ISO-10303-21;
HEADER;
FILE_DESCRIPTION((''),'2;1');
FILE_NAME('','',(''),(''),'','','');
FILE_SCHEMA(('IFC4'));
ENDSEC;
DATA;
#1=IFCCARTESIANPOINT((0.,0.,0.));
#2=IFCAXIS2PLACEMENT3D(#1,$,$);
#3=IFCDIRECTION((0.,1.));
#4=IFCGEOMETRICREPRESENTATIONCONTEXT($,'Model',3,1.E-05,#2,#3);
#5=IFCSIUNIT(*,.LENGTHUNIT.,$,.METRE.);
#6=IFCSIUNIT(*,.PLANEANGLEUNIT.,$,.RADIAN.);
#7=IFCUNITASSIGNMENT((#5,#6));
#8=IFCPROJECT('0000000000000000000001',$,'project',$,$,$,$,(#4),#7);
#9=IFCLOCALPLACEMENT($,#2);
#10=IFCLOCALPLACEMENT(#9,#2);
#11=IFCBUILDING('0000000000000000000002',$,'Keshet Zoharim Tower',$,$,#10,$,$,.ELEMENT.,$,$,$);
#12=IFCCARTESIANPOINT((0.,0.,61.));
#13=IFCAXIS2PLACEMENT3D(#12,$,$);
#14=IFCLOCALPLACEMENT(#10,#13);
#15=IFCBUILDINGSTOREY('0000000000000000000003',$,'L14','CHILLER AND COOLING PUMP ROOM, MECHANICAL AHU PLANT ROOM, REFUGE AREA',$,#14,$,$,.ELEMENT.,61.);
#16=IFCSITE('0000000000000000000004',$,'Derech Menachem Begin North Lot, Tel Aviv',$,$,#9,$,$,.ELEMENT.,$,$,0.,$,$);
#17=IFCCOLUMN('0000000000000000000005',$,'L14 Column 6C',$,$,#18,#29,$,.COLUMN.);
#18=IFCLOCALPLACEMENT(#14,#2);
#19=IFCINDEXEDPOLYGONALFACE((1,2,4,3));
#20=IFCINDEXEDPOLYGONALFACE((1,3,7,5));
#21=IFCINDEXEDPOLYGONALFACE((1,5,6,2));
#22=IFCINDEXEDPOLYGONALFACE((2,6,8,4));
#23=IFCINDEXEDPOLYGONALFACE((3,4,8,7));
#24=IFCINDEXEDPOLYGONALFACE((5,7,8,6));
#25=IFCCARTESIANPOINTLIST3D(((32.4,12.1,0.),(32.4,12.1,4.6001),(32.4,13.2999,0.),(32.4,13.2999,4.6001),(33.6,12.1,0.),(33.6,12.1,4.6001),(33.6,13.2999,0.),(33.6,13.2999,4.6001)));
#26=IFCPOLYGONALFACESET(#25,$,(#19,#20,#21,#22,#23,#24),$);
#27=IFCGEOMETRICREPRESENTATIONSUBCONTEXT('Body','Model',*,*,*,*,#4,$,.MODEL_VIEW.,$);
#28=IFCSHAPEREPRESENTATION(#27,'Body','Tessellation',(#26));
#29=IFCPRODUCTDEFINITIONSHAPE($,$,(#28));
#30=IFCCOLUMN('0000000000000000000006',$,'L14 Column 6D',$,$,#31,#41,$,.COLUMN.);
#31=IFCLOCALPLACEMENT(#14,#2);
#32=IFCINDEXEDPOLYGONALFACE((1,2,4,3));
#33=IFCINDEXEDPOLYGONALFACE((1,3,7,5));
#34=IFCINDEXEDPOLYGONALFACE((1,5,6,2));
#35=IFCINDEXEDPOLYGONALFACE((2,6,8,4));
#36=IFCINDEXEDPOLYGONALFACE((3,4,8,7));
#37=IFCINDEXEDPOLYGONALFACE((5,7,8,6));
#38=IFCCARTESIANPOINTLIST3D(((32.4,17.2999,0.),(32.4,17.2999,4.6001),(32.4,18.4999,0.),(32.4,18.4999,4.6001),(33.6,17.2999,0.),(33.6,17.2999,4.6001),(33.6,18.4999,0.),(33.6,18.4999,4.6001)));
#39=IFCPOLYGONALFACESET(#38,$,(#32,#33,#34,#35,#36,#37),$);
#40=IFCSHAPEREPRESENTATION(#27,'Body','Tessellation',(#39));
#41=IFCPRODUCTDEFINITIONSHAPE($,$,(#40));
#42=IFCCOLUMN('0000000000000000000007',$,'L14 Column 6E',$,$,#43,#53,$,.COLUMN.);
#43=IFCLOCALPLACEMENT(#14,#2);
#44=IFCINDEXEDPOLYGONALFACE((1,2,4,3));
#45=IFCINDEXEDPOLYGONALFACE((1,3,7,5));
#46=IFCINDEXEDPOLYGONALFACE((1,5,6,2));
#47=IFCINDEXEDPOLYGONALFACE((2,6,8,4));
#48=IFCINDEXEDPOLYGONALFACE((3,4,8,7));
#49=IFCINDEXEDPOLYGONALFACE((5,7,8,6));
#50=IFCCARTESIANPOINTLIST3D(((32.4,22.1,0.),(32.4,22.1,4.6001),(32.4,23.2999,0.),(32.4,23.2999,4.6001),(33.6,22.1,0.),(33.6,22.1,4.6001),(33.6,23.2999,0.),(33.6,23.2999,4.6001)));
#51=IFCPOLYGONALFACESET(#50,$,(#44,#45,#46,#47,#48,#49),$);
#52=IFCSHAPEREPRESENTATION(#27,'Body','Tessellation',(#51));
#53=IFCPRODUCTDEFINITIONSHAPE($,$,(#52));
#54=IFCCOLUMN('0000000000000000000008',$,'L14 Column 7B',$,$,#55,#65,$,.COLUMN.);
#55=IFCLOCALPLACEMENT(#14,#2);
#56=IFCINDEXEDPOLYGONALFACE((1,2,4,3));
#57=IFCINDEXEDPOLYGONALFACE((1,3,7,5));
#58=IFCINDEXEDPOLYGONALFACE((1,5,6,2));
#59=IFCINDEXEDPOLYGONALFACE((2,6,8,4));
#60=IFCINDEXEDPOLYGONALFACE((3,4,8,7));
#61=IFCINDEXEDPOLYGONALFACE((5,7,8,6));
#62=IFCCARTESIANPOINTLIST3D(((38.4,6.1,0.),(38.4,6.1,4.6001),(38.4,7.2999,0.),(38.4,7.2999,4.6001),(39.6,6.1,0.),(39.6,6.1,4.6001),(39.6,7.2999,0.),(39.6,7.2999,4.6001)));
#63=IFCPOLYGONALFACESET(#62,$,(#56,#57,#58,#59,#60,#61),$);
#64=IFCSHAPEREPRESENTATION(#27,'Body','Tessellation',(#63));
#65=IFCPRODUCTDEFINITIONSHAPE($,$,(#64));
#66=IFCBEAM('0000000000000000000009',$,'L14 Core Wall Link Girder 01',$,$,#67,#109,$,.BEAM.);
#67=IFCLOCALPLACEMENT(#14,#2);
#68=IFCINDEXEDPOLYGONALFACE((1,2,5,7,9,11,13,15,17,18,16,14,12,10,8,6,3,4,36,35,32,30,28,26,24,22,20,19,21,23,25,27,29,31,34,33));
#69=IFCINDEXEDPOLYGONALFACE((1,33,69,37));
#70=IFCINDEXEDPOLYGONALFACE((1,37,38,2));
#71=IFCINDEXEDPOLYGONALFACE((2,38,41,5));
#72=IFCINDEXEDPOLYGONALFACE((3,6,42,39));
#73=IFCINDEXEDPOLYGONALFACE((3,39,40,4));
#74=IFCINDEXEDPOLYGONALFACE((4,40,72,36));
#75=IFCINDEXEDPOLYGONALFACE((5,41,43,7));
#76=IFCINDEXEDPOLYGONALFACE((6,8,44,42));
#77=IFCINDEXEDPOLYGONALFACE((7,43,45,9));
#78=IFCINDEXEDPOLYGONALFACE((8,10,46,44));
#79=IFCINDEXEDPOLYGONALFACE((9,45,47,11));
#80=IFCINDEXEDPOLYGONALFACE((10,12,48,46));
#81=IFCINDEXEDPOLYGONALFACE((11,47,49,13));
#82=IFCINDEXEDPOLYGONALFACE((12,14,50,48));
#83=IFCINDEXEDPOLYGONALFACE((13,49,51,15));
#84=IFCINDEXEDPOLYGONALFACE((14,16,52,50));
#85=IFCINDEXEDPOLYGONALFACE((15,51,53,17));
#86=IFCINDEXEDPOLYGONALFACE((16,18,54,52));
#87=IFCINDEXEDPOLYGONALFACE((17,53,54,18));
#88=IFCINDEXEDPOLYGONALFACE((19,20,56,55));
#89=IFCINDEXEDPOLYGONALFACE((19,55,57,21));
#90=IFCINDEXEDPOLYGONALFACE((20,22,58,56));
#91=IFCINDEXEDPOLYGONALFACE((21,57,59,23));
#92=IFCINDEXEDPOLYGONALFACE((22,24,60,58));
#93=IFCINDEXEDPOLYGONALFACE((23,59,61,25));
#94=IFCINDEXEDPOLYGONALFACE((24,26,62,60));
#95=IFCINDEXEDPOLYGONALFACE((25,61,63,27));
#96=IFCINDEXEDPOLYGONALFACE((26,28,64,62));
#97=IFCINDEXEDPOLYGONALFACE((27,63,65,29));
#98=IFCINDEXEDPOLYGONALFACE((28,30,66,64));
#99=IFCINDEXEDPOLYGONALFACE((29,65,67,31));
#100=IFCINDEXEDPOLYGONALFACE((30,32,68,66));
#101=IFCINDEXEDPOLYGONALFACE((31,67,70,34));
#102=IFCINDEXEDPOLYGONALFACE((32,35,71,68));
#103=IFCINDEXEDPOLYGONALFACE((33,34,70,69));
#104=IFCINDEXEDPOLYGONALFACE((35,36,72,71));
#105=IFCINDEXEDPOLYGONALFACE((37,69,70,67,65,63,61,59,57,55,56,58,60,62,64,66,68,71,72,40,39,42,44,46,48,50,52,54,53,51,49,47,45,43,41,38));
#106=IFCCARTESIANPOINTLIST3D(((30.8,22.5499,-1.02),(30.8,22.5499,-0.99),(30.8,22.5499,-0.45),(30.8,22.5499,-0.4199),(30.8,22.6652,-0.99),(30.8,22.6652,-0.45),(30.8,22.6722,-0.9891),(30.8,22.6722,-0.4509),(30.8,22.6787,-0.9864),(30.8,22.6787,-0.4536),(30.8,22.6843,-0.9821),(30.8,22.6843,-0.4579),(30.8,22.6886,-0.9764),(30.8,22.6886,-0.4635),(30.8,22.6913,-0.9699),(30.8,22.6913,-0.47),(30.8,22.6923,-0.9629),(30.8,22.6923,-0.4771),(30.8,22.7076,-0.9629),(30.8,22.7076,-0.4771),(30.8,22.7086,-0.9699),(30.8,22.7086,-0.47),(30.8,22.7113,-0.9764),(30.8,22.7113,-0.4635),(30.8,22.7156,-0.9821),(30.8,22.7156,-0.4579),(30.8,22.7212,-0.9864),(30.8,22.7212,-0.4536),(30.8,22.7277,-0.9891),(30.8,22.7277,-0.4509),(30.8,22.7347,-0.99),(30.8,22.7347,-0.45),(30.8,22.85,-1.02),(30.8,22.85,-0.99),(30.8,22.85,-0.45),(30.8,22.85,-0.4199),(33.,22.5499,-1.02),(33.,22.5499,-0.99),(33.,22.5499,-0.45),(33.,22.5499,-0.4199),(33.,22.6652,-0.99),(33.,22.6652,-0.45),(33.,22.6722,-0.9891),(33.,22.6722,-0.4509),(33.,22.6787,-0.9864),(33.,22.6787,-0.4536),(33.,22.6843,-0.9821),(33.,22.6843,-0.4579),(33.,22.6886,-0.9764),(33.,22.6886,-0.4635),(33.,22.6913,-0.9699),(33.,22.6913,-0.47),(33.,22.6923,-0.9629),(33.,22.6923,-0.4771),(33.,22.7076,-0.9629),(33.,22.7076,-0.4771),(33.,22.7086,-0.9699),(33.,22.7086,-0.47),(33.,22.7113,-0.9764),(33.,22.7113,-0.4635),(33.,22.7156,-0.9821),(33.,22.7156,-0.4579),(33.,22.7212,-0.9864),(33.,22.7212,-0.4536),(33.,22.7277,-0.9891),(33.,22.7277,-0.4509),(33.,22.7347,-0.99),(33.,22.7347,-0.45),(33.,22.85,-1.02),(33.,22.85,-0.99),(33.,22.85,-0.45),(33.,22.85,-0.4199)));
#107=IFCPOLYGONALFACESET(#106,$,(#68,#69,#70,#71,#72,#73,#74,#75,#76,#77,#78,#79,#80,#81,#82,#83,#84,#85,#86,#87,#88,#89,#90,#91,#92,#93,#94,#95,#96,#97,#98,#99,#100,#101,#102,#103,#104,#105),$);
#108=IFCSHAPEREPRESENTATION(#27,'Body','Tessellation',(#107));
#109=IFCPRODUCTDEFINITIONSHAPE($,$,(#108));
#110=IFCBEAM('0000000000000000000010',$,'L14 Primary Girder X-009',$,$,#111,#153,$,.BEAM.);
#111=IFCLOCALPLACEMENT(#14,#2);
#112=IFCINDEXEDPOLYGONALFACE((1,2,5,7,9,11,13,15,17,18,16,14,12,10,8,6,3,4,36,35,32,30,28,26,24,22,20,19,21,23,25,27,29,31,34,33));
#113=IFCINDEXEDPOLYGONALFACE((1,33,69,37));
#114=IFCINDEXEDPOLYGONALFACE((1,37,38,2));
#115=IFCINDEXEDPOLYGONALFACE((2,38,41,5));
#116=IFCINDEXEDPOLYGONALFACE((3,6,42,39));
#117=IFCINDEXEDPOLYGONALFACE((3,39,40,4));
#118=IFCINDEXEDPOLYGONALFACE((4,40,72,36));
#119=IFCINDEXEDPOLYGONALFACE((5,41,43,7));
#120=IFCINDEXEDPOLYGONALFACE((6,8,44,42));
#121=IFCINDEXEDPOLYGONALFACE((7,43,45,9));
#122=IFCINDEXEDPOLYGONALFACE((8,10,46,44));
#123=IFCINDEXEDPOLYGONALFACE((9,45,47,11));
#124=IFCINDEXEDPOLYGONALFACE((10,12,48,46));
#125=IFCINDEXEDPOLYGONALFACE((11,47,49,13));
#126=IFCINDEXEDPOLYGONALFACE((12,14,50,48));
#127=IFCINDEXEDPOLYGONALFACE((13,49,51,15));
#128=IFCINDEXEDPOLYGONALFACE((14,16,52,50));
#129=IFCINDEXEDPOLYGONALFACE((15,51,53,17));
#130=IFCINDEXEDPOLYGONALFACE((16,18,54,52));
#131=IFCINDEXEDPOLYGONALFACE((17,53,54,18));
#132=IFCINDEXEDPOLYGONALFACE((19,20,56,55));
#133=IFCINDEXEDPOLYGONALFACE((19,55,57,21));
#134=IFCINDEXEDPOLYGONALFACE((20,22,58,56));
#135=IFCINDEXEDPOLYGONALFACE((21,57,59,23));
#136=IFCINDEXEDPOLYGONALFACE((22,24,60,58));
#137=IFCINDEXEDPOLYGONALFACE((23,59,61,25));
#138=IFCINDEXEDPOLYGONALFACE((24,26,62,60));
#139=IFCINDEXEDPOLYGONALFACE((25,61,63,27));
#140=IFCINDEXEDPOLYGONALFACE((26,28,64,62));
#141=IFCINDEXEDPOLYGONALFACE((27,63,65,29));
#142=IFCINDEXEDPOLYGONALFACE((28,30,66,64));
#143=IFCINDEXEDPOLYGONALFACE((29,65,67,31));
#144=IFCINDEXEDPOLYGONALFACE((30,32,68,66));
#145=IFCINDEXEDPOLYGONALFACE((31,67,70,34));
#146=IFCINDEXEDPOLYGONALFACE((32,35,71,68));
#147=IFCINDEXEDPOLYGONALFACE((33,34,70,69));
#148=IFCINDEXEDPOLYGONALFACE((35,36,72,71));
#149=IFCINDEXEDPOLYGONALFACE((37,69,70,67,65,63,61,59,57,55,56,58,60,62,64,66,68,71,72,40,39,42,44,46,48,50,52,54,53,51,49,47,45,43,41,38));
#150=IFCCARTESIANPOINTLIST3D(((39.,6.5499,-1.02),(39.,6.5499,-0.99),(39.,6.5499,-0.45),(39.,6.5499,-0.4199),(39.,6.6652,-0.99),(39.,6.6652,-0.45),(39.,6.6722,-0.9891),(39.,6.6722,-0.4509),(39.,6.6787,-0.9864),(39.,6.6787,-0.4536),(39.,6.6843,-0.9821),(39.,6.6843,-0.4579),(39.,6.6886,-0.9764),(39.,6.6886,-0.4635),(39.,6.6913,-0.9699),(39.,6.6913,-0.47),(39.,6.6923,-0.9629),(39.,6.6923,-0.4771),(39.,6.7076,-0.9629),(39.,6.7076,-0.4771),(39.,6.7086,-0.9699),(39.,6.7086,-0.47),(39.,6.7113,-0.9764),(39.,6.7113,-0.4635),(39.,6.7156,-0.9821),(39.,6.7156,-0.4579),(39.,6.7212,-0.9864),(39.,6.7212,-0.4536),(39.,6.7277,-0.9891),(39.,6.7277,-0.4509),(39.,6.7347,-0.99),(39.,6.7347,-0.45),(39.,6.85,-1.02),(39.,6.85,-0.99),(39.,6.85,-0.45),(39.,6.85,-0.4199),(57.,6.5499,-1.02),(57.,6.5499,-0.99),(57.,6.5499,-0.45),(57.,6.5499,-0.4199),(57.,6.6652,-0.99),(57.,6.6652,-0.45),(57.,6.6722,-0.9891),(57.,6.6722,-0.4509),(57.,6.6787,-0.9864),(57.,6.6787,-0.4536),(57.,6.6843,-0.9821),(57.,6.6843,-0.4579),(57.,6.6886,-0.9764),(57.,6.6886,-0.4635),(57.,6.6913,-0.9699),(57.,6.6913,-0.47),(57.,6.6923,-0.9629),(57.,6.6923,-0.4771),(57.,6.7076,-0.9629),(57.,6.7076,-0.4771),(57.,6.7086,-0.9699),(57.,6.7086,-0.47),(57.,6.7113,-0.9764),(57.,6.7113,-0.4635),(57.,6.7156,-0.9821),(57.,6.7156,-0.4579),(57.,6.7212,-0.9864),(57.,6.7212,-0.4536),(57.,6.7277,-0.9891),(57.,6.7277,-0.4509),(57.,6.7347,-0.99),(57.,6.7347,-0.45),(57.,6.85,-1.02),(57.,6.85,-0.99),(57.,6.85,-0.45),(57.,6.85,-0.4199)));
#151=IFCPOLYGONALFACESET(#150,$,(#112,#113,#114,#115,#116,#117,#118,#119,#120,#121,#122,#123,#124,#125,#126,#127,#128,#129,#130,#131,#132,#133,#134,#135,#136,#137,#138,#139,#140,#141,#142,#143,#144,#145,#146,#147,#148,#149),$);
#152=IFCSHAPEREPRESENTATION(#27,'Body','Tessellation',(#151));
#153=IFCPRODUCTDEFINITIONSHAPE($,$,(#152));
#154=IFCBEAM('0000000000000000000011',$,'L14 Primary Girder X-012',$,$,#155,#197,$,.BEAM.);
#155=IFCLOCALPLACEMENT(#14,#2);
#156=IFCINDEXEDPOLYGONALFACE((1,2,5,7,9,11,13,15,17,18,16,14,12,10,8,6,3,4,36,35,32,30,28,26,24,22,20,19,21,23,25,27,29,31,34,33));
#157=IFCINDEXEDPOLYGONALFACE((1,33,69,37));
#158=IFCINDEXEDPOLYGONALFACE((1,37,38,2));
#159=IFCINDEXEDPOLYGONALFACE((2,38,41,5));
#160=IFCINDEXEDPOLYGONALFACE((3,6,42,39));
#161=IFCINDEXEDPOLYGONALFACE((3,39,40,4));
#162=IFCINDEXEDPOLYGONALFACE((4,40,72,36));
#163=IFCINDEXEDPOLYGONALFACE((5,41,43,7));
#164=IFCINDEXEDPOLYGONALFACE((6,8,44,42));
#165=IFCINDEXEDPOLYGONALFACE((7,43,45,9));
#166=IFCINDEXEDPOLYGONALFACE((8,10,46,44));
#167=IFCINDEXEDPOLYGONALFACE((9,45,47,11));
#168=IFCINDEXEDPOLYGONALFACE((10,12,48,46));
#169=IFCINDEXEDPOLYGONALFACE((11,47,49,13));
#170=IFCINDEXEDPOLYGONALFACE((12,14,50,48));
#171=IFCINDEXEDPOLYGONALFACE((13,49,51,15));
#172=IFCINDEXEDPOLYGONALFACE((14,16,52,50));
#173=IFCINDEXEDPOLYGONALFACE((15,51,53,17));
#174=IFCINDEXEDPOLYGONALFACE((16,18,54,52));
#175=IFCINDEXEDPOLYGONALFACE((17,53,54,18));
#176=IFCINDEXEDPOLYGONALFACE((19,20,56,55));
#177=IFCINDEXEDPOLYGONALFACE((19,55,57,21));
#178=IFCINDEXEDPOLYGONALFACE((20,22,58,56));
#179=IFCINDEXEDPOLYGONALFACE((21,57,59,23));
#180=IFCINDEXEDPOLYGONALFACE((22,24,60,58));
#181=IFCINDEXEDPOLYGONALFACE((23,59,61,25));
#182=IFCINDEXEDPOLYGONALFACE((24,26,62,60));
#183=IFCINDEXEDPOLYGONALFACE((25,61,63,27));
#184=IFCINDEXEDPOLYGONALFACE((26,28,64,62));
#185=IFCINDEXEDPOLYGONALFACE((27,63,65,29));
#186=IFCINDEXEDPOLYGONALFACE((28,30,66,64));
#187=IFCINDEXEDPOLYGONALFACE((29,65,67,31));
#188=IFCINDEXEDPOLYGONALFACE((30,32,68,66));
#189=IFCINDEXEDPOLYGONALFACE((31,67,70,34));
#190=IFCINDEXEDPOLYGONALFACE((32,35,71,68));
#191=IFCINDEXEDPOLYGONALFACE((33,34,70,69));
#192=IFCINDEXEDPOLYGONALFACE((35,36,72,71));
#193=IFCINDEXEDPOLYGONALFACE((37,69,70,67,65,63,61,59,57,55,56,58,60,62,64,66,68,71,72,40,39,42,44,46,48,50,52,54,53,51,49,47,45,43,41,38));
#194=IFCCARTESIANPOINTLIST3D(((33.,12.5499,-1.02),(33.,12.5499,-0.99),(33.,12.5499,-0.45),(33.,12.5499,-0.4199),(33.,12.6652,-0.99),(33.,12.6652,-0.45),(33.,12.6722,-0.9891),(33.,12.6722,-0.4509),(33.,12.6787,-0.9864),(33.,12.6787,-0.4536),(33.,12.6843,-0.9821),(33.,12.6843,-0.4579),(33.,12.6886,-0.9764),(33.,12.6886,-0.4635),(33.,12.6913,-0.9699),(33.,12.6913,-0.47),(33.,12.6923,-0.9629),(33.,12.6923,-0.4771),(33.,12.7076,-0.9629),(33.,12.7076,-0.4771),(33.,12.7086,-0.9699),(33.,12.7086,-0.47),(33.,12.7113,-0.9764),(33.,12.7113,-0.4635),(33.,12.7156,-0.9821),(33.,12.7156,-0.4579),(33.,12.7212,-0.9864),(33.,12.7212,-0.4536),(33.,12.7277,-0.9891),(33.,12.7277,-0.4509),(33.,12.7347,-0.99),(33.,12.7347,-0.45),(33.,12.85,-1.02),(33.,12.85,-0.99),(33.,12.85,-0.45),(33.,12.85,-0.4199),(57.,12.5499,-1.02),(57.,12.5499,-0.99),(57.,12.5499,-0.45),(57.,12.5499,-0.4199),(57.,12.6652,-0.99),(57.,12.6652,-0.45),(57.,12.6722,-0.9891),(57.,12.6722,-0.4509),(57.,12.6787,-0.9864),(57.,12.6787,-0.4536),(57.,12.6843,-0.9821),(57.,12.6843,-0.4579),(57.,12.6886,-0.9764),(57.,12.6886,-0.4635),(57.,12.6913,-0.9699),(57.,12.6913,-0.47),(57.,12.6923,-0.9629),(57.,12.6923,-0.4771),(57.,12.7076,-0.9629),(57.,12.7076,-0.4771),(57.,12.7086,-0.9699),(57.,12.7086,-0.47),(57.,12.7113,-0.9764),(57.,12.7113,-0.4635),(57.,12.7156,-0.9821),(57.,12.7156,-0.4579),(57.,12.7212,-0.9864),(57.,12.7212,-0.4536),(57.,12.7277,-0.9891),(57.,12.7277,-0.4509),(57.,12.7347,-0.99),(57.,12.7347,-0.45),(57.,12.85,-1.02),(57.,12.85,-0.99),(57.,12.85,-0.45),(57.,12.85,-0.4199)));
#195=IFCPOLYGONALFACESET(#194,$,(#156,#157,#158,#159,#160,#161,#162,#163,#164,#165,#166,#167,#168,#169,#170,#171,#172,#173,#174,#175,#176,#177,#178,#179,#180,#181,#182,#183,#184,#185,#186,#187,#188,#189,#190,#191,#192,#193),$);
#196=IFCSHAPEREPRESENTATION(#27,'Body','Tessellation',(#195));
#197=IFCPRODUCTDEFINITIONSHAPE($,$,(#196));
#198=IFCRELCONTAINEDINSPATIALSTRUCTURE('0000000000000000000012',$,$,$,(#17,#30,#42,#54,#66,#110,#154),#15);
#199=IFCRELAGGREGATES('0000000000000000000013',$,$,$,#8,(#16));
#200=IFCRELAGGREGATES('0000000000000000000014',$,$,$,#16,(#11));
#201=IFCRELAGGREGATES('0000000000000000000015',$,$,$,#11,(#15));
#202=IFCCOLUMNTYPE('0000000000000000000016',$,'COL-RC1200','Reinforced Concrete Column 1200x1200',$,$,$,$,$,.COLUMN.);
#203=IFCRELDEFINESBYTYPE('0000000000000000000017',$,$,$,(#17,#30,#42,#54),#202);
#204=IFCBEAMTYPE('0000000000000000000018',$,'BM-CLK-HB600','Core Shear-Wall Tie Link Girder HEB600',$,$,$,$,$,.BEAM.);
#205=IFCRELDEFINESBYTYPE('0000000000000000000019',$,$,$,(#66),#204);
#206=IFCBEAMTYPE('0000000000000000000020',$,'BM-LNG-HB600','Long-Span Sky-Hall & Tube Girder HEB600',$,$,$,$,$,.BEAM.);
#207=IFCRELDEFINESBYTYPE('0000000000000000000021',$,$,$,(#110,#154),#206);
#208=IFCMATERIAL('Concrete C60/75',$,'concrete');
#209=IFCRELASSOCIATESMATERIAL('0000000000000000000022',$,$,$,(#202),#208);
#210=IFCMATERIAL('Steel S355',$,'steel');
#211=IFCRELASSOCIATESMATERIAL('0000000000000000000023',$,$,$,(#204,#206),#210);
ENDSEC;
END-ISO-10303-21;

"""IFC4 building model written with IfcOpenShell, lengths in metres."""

from ifc_helpers import new_model, si_unit, direction, frame, origin, origin_2d, place, context, subcontext, project, spatial, rectangle, i_section, extrude, material, material_profile, profile_set, type_object, element, save


model = new_model("IFC4")

# Units and contexts
model_context = context("Model", 3, precision=1e-05, world=origin(), true_north=direction((0.0, 1.0)))
body_context = subcontext(model_context, "Body", "Model", "MODEL_VIEW")
ifc_project = project(units=[si_unit("LENGTHUNIT", "METRE"), si_unit("PLANEANGLEUNIT", "RADIAN")], contexts=[model_context])

# Site, building, storey
site_placement = place(None, origin())
site = spatial("IfcSite", under=ifc_project, at=site_placement, Name="Derech Menachem Begin North Lot, Tel Aviv", CompositionType="ELEMENT", RefElevation=0.0)
building_placement = place(site_placement, origin())
building = spatial("IfcBuilding", under=site, at=building_placement, Name="Keshet Zoharim Tower", CompositionType="ELEMENT")
storey_placement = place(building_placement, frame((0.0, 0.0, 61.0)))
storey = spatial("IfcBuildingStorey", under=building, at=storey_placement, Name="L14", Description="CHILLER AND COOLING PUMP ROOM, MECHANICAL AHU PLANT ROOM, REFUGE AREA", CompositionType="ELEMENT", Elevation=61.0)

# Columns
ifc_material_1 = material(Name="Steel S355", Category="steel")
ifc_material_2 = material(Name="Concrete C60/75", Category="concrete")
ifc_material_profile_1 = material_profile(ifc_material_2, rectangle(XDim=1.2, YDim=1.2, at=origin_2d()), Name="RC1200x1200")
ifc_profile_set_1 = profile_set([ifc_material_profile_1], Name="Concrete C60/75")
column_type_1 = type_object("IfcColumnType", Name="COL-RC1200", Description="Reinforced Concrete Column 1200x1200", PredefinedType="COLUMN", material=ifc_profile_set_1)
for number, where, z_axis, x_axis, name in (
    (1, (33.0, 12.7, 0.0), (0.0, 0.0, 1.0), (1.0, 0.0, 0.0), "L14 Column 6C"),
    (2, (33.0, 17.8999, 0.0), (0.0, 0.0, 1.0), (1.0, 0.0, 0.0), "L14 Column 6D"),
    (3, (33.0, 22.7, 0.0), (0.0, 0.0, 1.0), (1.0, 0.0, 0.0), "L14 Column 6E"),
    (4, (39.0, 6.7, 0.0), (0.0, 0.0, 1.0), (1.0, 0.0, 0.0), "L14 Column 7B"),
):
    element("IfcColumn", number, at=place(storey_placement, frame(where, z_axis=z_axis, x_axis=x_axis)), inside=storey, type_object=column_type_1, Name=name, PredefinedType="COLUMN", context=body_context, shape_type="SweptSolid", body=[
        extrude(rectangle(XDim=1.2, YDim=1.2, at=origin_2d()), origin(), (0.0, 0.0, 1.0), 4.6001),
    ])

# Beams
ifc_material_profile_2 = material_profile(ifc_material_1, i_section(OverallWidth=0.3, OverallDepth=0.6001, WebThickness=0.0154, FlangeThickness=0.03, FilletRadius=0.0271, at=origin_2d()), Name="HEB600")
ifc_profile_set_2 = profile_set([ifc_material_profile_2], Name="Steel S355")
beam_type_1 = type_object("IfcBeamType", Name="BM-CLK-HB600", Description="Core Shear-Wall Tie Link Girder HEB600", PredefinedType="BEAM", material=ifc_profile_set_2)
beam_1_placement = place(storey_placement, frame((30.8, 22.7, -0.72), z_axis=(1.0, 0.0, 0.0), x_axis=(0.0, 1.0, 0.0)))
element("IfcBeam", 5, at=beam_1_placement, inside=storey, type_object=beam_type_1, Name="L14 Core Wall Link Girder 01", PredefinedType="BEAM", context=body_context, shape_type="SweptSolid", body=[
    extrude(i_section(OverallWidth=0.3, OverallDepth=0.6001, WebThickness=0.0154, FlangeThickness=0.03, FilletRadius=0.0271, at=origin_2d()), origin(), (0.0, 0.0, 1.0), 2.2),
])
ifc_material_profile_3 = material_profile(ifc_material_1, i_section(OverallWidth=0.3, OverallDepth=0.6001, WebThickness=0.0154, FlangeThickness=0.03, FilletRadius=0.0271, at=origin_2d()), Name="HEB600")
ifc_profile_set_3 = profile_set([ifc_material_profile_3], Name="Steel S355")
beam_type_2 = type_object("IfcBeamType", Name="BM-LNG-HB600", Description="Long-Span Sky-Hall & Tube Girder HEB600", PredefinedType="BEAM", material=ifc_profile_set_3)
beam_2_placement = place(storey_placement, frame((39.0, 6.7, -0.72), z_axis=(1.0, 0.0, 0.0), x_axis=(0.0, 1.0, 0.0)))
element("IfcBeam", 6, at=beam_2_placement, inside=storey, type_object=beam_type_2, Name="L14 Primary Girder X-009", PredefinedType="BEAM", context=body_context, shape_type="SweptSolid", body=[
    extrude(i_section(OverallWidth=0.3, OverallDepth=0.6001, WebThickness=0.0154, FlangeThickness=0.03, FilletRadius=0.0271, at=origin_2d()), origin(), (0.0, 0.0, 1.0), 18.0),
])
for number, where, z_axis, x_axis, name in (
    (7, (33.0, 12.7, -0.72), (1.0, 0.0, 0.0), (0.0, 1.0, 0.0), "L14 Primary Girder X-012"),
):
    element("IfcBeam", number, at=place(storey_placement, frame(where, z_axis=z_axis, x_axis=x_axis)), inside=storey, type_object=beam_type_2, Name=name, PredefinedType="BEAM", context=body_context, shape_type="SweptSolid", body=[
        extrude(i_section(OverallWidth=0.3, OverallDepth=0.6001, WebThickness=0.0154, FlangeThickness=0.03, FilletRadius=0.0271, at=origin_2d()), origin(), (0.0, 0.0, 1.0), 24.0),
    ])

save(model, "model.ifc")
